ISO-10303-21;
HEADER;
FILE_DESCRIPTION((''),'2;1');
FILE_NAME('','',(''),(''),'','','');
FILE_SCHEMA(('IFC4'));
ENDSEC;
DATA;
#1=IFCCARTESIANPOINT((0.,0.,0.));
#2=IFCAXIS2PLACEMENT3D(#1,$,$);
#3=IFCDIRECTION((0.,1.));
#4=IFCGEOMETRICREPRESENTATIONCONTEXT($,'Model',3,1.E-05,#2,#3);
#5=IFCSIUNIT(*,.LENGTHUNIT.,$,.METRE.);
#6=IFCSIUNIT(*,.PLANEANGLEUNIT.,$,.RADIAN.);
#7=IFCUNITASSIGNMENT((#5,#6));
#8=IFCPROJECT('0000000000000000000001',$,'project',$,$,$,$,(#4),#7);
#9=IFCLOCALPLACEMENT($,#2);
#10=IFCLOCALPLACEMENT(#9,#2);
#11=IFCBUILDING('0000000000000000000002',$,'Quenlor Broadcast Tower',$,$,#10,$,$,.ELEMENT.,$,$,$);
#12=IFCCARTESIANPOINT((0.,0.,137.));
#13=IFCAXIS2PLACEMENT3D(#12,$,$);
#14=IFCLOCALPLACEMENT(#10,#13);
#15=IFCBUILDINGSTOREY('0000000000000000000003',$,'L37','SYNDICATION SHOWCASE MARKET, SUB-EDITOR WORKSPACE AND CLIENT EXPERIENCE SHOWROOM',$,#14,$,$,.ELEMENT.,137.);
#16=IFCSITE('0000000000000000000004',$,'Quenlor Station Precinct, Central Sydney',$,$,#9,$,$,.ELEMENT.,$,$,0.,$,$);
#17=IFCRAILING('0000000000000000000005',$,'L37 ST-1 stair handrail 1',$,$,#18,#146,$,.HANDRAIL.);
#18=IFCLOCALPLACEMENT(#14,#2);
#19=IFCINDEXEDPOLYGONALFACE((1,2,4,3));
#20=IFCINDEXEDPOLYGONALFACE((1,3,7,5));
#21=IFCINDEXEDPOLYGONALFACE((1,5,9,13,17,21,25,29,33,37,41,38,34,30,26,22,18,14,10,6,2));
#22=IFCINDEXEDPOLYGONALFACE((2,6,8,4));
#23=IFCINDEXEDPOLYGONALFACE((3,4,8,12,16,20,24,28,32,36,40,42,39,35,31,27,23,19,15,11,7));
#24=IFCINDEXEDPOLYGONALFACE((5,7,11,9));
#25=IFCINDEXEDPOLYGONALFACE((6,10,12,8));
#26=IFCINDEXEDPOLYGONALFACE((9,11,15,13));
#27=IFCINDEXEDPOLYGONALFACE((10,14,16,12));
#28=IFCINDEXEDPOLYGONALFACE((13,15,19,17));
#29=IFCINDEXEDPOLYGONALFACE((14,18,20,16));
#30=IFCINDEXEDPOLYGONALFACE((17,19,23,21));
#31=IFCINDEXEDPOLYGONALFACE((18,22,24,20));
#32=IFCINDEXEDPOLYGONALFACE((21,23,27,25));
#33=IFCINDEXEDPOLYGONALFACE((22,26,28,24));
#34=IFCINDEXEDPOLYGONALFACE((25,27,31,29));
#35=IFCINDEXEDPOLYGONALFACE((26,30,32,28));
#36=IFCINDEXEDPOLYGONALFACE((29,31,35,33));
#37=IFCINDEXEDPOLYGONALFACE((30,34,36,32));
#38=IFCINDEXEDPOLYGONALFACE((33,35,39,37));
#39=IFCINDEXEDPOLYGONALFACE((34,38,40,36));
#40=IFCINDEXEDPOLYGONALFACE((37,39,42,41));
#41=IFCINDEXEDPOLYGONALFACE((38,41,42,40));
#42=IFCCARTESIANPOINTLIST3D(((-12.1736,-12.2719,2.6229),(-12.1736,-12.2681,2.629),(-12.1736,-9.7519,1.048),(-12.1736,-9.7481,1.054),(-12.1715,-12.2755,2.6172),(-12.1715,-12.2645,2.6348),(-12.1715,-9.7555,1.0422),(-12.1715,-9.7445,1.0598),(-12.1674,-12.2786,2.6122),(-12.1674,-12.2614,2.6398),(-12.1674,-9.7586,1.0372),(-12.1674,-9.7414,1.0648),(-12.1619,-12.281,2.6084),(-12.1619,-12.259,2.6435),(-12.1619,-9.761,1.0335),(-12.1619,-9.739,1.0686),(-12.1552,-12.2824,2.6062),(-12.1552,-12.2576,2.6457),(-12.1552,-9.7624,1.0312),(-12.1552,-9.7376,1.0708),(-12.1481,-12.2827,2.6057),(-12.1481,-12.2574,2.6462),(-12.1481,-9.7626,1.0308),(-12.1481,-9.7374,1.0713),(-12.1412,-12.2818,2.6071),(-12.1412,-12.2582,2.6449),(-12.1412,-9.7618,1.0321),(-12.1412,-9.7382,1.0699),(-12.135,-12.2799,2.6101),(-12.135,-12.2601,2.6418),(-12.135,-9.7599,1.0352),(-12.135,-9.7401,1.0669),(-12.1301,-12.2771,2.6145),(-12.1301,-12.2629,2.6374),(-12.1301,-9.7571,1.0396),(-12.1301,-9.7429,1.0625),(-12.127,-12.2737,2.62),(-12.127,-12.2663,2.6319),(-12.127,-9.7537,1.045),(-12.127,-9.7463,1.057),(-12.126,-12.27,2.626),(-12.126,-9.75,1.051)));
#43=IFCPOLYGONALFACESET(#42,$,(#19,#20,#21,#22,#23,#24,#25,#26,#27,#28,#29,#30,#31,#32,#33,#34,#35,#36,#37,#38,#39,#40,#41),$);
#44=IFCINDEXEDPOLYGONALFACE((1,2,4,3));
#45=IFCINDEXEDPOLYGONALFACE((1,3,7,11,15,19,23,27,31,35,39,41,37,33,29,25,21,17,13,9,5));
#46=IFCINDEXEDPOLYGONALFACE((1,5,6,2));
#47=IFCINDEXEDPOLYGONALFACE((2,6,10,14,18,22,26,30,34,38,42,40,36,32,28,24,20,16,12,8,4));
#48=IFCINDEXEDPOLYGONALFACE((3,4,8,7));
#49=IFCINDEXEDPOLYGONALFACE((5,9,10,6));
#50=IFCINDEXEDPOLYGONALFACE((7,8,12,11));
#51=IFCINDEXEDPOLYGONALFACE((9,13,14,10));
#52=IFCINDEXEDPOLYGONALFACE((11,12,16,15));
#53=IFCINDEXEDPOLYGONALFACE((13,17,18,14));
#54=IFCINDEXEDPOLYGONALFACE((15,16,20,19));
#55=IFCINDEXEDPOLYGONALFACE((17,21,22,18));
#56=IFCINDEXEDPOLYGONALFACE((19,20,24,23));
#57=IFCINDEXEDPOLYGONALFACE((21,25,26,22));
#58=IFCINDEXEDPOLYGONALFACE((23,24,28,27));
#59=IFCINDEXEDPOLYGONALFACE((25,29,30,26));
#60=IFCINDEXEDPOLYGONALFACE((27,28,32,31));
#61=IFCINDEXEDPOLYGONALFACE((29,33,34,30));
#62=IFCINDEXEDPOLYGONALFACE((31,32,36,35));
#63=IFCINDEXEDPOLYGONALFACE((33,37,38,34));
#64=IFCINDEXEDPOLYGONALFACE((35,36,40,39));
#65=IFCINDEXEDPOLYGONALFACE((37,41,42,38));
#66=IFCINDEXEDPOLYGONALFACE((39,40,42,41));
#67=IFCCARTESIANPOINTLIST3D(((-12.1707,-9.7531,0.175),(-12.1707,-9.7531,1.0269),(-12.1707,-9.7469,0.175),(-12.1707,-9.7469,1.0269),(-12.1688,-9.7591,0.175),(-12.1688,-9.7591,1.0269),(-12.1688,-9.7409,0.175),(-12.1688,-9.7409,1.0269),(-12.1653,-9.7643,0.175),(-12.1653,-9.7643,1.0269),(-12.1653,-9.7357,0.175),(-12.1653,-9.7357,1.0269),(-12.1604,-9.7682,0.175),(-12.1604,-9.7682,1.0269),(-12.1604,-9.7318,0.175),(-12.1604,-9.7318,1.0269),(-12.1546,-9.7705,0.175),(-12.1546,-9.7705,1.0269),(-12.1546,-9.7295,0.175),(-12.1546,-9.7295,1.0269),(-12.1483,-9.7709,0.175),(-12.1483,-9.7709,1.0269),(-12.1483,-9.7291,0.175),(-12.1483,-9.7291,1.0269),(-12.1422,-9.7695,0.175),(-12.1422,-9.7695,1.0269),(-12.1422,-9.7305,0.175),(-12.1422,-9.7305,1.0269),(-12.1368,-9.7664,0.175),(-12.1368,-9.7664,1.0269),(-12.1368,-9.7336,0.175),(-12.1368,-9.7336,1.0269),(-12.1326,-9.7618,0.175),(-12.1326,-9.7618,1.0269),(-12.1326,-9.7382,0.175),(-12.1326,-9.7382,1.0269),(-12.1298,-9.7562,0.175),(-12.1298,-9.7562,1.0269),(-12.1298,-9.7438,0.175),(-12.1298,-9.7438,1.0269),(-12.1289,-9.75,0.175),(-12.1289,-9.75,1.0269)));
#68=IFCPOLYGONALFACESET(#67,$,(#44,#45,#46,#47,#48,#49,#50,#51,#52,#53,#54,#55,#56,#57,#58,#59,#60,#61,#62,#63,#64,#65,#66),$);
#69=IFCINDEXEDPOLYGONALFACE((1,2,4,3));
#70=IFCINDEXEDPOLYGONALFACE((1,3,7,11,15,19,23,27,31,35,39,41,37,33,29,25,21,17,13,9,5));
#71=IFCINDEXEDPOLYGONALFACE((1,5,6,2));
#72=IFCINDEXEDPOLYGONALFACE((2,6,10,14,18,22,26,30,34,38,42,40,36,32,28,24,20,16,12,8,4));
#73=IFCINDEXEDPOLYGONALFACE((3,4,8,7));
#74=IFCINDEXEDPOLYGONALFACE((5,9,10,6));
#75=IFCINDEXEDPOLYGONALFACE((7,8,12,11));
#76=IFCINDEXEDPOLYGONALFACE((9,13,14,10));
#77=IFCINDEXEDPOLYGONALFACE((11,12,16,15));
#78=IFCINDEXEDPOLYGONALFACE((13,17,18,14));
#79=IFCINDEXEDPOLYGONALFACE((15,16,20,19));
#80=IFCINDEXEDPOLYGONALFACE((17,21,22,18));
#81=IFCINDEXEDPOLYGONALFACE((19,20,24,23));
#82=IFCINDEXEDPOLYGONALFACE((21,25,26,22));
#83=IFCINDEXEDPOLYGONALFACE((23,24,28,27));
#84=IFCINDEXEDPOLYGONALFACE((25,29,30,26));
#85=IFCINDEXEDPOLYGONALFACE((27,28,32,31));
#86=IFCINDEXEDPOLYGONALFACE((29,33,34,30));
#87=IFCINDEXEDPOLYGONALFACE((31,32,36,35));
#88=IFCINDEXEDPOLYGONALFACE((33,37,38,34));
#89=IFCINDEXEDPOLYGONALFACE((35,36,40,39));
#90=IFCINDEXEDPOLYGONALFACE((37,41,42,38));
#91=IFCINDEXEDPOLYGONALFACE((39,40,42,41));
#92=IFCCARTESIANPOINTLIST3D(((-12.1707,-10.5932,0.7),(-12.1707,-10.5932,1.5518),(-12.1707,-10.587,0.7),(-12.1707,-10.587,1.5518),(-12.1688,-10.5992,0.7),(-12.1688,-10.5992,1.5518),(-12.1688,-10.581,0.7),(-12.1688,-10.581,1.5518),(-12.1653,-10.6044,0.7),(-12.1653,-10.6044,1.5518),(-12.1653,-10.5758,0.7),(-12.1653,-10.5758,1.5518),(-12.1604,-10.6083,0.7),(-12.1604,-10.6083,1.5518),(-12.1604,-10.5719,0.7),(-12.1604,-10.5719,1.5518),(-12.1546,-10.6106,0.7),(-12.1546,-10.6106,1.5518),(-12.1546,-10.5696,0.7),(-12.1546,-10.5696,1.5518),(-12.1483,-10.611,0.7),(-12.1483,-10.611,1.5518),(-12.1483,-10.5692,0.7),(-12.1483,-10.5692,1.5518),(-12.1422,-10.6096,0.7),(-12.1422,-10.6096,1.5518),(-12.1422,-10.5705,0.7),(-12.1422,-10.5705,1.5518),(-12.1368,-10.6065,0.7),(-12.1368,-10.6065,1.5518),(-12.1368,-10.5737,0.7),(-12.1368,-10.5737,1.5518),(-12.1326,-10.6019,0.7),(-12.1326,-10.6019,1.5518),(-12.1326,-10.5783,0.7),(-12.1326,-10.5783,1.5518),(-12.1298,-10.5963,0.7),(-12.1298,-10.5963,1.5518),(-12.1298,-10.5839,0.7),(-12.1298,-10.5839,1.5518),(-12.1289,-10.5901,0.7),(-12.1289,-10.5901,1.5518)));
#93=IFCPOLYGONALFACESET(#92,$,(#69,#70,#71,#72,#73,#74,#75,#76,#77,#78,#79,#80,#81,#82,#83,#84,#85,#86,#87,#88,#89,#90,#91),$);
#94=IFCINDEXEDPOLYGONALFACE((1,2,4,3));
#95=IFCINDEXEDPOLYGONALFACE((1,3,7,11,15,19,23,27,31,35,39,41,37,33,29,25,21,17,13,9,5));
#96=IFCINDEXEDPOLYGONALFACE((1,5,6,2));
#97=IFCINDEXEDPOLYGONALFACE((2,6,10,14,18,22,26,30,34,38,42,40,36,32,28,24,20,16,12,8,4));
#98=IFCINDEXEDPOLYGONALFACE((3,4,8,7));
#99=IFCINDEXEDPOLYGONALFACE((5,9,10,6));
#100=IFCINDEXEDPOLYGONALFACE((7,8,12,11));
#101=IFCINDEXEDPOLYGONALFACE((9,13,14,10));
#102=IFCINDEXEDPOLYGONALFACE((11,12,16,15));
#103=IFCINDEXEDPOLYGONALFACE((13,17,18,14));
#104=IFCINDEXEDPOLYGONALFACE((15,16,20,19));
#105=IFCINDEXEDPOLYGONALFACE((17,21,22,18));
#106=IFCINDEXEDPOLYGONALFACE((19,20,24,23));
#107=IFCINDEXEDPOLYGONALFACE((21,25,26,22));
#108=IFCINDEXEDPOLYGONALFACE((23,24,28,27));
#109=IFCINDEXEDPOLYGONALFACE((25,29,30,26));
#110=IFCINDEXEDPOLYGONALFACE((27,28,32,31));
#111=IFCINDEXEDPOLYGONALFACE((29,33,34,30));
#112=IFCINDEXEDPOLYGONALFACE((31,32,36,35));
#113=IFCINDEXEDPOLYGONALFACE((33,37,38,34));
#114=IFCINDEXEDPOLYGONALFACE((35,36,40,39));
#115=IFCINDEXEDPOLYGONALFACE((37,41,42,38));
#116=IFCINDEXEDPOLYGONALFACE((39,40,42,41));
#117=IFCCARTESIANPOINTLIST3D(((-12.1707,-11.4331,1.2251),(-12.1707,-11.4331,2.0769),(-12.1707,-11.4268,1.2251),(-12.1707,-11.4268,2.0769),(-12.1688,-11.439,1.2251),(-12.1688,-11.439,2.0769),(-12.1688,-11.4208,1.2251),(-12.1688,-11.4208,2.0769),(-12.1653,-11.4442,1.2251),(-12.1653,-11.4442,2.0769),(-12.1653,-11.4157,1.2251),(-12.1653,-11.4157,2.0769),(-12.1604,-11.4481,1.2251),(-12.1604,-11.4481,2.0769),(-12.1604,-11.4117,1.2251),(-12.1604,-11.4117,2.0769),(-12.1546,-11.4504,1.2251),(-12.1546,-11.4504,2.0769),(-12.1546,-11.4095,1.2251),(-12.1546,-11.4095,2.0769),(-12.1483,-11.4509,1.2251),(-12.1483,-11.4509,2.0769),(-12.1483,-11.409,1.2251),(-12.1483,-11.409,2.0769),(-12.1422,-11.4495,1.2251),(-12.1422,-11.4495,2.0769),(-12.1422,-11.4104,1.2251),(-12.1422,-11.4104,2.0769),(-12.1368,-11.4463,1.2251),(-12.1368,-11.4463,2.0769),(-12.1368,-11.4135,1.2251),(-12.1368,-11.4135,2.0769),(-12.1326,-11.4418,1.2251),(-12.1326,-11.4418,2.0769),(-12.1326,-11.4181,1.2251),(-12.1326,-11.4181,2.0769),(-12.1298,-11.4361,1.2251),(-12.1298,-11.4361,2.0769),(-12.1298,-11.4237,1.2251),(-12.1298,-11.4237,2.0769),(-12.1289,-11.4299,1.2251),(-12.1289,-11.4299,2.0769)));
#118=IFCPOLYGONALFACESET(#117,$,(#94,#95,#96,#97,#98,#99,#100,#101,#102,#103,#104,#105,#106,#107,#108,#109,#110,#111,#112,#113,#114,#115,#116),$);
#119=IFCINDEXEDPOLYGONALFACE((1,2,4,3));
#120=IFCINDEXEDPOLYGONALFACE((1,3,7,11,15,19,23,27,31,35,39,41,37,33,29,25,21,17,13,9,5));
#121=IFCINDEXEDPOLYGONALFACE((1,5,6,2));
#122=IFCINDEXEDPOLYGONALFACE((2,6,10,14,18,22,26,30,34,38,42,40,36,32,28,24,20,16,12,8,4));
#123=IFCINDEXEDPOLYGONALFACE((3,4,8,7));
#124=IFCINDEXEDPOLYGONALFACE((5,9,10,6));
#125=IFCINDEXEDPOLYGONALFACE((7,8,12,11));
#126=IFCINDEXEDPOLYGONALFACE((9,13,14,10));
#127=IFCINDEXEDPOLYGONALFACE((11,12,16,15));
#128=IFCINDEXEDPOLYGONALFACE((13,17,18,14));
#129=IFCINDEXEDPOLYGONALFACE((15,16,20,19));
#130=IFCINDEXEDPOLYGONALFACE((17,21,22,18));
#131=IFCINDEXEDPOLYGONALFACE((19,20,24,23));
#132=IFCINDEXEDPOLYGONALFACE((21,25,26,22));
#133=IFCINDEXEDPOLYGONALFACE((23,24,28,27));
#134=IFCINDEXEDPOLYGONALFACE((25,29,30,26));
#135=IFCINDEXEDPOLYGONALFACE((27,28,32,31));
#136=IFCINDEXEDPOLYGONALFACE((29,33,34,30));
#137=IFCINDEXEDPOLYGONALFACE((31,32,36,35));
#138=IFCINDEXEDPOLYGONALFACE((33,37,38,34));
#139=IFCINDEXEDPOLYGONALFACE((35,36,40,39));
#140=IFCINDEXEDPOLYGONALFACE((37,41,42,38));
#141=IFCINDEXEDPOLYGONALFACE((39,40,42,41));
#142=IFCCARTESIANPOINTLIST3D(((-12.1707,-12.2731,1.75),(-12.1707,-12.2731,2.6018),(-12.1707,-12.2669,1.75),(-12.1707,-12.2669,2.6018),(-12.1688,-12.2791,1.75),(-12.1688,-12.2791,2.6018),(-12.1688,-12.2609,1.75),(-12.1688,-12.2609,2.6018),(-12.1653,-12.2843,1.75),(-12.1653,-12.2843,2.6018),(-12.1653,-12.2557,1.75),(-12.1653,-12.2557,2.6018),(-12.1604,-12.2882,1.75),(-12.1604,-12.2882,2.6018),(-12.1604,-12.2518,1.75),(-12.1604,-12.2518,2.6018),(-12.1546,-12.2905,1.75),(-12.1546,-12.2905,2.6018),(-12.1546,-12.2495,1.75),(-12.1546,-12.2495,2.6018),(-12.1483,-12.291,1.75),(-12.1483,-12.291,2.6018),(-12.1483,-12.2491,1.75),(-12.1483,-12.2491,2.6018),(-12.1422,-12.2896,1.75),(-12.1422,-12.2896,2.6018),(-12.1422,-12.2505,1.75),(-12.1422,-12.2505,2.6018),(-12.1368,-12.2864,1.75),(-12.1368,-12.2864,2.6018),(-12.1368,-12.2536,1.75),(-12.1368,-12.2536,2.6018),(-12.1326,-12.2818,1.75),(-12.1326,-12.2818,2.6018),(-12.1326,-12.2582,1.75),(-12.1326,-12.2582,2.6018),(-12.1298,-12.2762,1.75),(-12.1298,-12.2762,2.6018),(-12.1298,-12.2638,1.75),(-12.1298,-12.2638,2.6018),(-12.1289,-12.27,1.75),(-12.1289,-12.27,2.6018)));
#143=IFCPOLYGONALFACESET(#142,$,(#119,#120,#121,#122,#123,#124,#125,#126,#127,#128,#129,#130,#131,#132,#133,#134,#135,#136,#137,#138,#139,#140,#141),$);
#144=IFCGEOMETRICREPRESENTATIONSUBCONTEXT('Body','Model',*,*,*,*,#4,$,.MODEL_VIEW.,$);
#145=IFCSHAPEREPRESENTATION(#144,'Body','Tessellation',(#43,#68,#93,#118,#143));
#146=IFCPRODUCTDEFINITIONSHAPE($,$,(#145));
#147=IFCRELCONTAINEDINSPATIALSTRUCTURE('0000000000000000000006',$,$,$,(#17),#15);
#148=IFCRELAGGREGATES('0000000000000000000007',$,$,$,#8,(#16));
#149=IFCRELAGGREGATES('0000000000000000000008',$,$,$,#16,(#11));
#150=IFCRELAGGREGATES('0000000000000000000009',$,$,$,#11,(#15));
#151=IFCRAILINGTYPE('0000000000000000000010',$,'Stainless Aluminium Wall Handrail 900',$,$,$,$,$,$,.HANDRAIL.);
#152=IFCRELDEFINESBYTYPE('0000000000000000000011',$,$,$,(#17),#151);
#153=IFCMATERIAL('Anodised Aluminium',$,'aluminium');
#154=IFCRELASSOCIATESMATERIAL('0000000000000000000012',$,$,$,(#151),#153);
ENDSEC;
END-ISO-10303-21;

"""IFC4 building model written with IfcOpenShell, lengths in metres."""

from ifc_helpers import new_model, si_unit, direction, frame, origin, origin_2d, place, context, subcontext, project, spatial, circle, extrude, material, type_object, element, save


model = new_model("IFC4")

# Units and contexts
model_context = context("Model", 3, precision=1e-05, world=origin(), true_north=direction((0.0, 1.0)))
body_context = subcontext(model_context, "Body", "Model", "MODEL_VIEW")
ifc_project = project(units=[si_unit("LENGTHUNIT", "METRE"), si_unit("PLANEANGLEUNIT", "RADIAN")], contexts=[model_context])

# Site, building, storey
site_placement = place(None, origin())
site = spatial("IfcSite", under=ifc_project, at=site_placement, Name="Quenlor Station Precinct, Central Sydney", CompositionType="ELEMENT", RefElevation=0.0)
building_placement = place(site_placement, origin())
building = spatial("IfcBuilding", under=site, at=building_placement, Name="Quenlor Broadcast Tower", CompositionType="ELEMENT")
storey_placement = place(building_placement, frame((0.0, 0.0, 137.0)))
storey = spatial("IfcBuildingStorey", under=building, at=storey_placement, Name="L37", Description="SYNDICATION SHOWCASE MARKET, SUB-EDITOR WORKSPACE AND CLIENT EXPERIENCE SHOWROOM", CompositionType="ELEMENT", Elevation=137.0)

# Railing
ifc_material_1 = material(Name="Anodised Aluminium", Category="aluminium")
railing_type_1 = type_object("IfcRailingType", Name="Stainless Aluminium Wall Handrail 900", PredefinedType="HANDRAIL", material=ifc_material_1)
railing_1_placement = place(storey_placement, frame((-12.1499, -9.75, 0.175)))
element("IfcRailing", 1, at=railing_1_placement, inside=storey, type_object=railing_type_1, Name="L37 ST-1 stair handrail 1", PredefinedType="HANDRAIL", context=body_context, shape_type="SweptSolid", body=[
    extrude(circle(Radius=0.0239, at=origin_2d()), frame((0.0, 0.0, 0.876), z_axis=(0.0, -0.848008, 0.529984), x_axis=(1.0, 0.0, 0.0)), (0.0, 0.0, 1.0), 2.9717),
    extrude(circle(Radius=0.021, at=origin_2d()), origin(), (0.0, 0.0, 1.0), 0.8518),
    extrude(circle(Radius=0.021, at=origin_2d()), frame((0.0, -0.8401, 0.5249)), (0.0, 0.0, 1.0), 0.8518),
    extrude(circle(Radius=0.021, at=origin_2d()), frame((0.0, -1.6799, 1.05)), (0.0, 0.0, 1.0), 0.8518),
    extrude(circle(Radius=0.021, at=origin_2d()), frame((0.0, -2.52, 1.575)), (0.0, 0.0, 1.0), 0.8518),
])

save(model, "model.ifc")
